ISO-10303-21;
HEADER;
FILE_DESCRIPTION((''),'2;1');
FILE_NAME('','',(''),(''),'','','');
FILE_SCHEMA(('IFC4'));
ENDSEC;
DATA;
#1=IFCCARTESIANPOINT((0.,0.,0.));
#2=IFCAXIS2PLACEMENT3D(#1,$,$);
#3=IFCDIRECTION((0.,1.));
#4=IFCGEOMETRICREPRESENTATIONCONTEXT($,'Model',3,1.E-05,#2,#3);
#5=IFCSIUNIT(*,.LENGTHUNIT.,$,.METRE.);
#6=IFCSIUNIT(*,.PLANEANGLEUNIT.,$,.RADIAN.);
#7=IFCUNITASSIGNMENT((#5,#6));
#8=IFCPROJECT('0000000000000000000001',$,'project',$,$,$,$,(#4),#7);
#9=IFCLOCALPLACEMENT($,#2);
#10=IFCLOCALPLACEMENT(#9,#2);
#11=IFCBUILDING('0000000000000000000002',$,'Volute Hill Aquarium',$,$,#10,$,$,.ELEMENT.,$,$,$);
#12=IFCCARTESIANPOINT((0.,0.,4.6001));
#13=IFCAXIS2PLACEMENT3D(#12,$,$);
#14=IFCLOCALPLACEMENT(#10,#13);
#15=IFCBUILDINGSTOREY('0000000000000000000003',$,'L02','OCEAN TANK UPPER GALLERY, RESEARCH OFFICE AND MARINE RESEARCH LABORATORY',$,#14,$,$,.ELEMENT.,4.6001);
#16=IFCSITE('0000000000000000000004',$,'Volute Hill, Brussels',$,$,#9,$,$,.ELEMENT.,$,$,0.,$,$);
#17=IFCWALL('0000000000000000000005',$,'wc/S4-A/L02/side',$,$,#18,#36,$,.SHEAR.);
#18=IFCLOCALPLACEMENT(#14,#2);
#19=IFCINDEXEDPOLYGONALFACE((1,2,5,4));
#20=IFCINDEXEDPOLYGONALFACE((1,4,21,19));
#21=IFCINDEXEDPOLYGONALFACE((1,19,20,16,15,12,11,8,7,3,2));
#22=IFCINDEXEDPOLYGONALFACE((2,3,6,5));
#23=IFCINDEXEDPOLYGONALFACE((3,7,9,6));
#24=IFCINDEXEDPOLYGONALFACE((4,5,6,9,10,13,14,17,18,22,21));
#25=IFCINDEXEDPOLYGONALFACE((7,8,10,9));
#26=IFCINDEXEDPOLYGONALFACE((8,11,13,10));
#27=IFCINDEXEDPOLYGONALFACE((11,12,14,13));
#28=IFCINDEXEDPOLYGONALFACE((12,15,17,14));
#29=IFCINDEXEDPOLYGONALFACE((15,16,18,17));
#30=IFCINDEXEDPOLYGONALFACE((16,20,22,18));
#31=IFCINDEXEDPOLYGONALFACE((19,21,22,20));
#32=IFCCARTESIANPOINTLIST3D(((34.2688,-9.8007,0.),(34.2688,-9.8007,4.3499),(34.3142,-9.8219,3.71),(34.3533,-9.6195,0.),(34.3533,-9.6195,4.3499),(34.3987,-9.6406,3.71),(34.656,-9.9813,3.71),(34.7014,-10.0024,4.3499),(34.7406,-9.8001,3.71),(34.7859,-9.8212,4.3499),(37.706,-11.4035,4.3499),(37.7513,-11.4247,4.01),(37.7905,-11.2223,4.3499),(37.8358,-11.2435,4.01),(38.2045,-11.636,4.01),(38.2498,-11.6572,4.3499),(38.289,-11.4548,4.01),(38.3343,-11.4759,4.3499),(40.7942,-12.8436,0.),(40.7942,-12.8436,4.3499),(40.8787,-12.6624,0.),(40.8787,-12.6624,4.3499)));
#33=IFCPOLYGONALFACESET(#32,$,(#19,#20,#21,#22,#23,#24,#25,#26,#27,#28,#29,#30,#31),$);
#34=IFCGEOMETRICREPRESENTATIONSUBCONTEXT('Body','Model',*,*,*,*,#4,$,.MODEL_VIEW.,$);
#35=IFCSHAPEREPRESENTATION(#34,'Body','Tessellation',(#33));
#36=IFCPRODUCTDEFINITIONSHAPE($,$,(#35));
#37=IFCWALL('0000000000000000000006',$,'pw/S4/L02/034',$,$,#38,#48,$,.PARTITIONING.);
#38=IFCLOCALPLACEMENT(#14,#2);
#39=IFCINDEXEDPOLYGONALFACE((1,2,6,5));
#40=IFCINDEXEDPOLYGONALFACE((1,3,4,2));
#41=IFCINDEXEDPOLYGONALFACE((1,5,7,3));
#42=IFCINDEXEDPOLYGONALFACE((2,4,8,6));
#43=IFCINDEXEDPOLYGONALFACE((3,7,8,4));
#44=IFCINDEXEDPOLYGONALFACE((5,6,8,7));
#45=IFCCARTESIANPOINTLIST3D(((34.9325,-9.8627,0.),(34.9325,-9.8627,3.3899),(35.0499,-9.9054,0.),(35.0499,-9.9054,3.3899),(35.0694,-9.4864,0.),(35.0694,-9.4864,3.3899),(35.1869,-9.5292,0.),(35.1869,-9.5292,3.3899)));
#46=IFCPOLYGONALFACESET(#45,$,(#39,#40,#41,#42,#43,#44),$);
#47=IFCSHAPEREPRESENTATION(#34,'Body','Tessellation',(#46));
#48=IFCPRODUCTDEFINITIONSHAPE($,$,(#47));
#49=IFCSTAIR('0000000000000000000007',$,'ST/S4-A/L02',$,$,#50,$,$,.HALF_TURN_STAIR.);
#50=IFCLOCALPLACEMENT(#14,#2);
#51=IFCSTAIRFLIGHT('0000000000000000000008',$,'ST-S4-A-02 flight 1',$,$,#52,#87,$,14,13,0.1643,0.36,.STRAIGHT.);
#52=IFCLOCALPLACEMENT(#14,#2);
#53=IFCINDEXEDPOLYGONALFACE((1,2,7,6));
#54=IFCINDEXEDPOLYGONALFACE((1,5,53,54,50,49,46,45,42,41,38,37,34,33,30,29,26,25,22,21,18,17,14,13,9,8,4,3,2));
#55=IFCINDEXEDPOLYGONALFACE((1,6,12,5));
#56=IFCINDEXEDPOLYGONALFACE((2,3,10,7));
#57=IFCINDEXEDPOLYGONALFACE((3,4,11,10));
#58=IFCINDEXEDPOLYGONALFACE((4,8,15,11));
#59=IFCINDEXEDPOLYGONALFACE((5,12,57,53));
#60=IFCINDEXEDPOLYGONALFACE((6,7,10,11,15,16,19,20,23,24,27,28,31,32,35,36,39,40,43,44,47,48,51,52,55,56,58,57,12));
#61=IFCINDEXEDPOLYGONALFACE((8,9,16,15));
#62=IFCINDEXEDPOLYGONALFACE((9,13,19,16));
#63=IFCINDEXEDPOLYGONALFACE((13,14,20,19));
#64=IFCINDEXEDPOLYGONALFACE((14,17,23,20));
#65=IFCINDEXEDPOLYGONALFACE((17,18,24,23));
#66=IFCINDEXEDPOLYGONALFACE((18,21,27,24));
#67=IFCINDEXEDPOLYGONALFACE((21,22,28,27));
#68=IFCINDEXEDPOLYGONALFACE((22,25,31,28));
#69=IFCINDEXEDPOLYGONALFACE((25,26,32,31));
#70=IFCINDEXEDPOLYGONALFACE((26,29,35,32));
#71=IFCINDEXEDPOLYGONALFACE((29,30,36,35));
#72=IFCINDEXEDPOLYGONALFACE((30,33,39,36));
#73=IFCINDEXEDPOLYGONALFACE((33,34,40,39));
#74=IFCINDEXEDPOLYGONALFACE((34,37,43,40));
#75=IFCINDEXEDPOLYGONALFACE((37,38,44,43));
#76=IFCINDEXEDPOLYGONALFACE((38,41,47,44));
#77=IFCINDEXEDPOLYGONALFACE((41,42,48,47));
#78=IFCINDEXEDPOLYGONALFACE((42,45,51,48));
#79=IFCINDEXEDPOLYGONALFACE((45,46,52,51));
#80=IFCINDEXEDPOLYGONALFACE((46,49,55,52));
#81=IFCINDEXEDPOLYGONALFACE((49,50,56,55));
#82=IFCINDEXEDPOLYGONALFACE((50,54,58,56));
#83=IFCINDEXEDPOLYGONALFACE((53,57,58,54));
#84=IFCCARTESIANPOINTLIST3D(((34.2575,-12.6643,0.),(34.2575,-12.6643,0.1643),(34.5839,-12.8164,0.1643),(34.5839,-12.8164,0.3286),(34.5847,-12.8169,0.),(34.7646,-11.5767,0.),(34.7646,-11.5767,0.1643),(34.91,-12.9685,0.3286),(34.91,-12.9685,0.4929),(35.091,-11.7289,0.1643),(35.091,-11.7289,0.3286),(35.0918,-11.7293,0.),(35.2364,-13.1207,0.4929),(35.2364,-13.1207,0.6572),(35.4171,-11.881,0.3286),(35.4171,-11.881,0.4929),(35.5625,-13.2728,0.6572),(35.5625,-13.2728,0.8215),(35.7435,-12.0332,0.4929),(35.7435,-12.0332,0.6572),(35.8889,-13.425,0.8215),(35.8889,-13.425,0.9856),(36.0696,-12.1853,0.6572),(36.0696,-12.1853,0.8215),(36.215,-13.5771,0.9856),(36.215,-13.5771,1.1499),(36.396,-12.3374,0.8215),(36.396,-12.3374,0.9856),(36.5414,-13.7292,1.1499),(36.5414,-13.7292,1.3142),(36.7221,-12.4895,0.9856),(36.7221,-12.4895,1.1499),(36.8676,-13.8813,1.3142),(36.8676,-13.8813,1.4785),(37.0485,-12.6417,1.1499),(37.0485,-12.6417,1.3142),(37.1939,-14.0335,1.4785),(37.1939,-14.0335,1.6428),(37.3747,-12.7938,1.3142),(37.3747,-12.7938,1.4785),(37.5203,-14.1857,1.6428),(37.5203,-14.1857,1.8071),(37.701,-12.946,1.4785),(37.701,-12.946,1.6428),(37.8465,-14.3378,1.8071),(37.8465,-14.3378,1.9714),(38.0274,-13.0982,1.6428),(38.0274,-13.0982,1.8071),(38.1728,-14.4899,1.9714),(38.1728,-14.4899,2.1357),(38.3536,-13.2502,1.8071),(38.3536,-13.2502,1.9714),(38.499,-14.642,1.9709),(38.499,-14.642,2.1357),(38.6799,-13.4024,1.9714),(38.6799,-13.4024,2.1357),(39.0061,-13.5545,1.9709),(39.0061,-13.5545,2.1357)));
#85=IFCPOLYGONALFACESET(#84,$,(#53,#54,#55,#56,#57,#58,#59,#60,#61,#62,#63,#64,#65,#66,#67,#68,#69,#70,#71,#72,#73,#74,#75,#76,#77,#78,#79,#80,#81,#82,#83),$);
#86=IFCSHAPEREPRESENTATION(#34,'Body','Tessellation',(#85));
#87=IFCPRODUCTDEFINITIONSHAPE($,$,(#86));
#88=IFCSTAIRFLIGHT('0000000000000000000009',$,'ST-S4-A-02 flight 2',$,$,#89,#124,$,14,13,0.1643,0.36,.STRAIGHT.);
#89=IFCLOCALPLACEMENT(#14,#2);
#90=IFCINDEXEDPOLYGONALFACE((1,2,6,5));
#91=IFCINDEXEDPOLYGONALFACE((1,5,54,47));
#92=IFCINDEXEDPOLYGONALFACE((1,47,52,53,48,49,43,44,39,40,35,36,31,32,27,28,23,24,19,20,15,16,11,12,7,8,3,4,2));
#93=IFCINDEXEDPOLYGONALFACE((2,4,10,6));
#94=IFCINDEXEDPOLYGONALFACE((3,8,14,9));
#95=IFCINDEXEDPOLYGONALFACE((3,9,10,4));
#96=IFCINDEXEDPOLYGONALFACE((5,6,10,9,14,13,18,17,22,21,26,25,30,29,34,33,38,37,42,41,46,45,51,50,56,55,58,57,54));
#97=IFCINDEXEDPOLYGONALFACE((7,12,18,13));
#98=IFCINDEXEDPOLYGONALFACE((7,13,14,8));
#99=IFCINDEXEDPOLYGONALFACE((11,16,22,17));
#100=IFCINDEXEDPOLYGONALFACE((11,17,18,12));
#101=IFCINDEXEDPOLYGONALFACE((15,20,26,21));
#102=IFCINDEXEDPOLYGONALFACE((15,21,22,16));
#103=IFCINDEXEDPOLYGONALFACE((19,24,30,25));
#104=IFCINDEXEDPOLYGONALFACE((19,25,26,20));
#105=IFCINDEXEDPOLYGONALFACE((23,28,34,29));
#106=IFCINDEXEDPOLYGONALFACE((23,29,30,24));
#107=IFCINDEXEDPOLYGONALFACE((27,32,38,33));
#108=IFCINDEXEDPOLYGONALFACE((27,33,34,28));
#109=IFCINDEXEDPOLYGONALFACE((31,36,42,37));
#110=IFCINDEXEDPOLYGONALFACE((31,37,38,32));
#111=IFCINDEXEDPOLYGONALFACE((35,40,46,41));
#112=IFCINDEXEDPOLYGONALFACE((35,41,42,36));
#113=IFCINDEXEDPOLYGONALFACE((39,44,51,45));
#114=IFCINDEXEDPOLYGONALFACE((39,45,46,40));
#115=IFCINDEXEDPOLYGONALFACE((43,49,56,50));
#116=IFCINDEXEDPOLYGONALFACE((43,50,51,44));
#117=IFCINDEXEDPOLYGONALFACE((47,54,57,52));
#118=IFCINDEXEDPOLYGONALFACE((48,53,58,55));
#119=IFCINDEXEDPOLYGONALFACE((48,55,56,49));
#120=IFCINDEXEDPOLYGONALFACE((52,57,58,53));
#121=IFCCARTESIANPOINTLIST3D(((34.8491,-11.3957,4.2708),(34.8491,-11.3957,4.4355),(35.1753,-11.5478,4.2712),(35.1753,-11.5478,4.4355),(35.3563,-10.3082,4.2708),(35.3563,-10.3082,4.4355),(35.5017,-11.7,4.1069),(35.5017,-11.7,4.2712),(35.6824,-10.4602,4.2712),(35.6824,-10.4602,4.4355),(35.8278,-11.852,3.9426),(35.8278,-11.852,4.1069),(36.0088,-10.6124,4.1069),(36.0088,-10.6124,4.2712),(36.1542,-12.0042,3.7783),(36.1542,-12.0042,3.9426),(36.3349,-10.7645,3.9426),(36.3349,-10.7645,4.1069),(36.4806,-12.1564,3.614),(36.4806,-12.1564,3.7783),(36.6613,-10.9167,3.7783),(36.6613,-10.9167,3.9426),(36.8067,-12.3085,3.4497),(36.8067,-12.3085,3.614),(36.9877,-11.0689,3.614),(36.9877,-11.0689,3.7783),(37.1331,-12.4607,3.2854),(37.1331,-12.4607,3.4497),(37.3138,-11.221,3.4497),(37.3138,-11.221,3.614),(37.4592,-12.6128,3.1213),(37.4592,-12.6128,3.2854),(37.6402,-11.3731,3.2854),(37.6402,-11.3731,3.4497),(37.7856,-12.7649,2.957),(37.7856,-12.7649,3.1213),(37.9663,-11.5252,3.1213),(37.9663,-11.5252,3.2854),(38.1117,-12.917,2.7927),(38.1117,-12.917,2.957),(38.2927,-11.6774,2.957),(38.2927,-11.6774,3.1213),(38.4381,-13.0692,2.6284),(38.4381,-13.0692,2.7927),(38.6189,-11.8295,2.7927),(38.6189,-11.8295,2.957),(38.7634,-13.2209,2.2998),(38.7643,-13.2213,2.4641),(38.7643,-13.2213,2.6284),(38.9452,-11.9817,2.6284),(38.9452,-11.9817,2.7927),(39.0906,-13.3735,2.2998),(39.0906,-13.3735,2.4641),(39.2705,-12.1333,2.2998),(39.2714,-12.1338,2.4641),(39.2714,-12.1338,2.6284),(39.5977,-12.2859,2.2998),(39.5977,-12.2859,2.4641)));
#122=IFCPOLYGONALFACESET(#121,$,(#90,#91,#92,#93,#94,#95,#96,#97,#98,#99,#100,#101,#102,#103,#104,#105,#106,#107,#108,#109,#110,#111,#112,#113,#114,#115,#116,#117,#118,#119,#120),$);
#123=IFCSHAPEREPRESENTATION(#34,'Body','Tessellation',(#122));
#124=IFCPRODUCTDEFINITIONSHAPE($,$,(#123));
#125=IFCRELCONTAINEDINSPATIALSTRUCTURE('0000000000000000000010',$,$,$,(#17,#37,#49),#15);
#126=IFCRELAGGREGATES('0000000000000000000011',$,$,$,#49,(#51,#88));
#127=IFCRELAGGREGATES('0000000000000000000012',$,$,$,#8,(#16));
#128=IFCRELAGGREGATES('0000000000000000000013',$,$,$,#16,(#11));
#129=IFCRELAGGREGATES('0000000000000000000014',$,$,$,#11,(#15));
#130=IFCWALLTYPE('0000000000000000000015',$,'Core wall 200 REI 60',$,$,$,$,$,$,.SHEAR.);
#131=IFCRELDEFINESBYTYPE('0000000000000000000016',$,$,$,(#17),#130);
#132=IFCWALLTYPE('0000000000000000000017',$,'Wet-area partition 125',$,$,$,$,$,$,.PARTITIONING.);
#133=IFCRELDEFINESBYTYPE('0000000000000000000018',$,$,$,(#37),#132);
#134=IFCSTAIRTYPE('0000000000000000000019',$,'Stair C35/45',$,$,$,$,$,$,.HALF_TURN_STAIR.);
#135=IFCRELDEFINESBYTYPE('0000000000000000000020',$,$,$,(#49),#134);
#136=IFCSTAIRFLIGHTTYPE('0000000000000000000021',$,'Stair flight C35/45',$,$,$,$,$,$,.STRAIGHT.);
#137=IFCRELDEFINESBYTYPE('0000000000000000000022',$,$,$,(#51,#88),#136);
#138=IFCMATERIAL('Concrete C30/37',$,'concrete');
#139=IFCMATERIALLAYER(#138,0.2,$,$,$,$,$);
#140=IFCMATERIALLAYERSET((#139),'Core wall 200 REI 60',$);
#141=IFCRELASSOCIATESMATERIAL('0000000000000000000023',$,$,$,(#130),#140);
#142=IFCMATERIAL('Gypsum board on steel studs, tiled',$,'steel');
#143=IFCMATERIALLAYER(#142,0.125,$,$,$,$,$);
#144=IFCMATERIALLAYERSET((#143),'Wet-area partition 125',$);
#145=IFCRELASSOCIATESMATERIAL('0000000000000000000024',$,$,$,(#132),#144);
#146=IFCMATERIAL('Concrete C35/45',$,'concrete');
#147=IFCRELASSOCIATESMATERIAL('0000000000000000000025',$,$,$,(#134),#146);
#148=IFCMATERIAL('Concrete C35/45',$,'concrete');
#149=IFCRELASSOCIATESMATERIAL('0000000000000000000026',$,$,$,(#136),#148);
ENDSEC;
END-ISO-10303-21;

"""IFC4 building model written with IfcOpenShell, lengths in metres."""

from ifc_helpers import new_model, si_unit, direction, frame, frame_2d, origin, place, context, subcontext, project, spatial, polyline, rectangle, outline, extrude, material, layer, layer_set, type_object, element, aggregate, save


model = new_model("IFC4")

# Units and contexts
model_context = context("Model", 3, precision=1e-05, world=origin(), true_north=direction((0.0, 1.0)))
body_context = subcontext(model_context, "Body", "Model", "MODEL_VIEW")
ifc_project = project(units=[si_unit("LENGTHUNIT", "METRE"), si_unit("PLANEANGLEUNIT", "RADIAN")], contexts=[model_context])

# Site, building, storey
site_placement = place(None, origin())
site = spatial("IfcSite", under=ifc_project, at=site_placement, Name="Volute Hill, Brussels", CompositionType="ELEMENT", RefElevation=0.0)
building_placement = place(site_placement, origin())
building = spatial("IfcBuilding", under=site, at=building_placement, Name="Volute Hill Aquarium", CompositionType="ELEMENT")
storey_placement = place(building_placement, frame((0.0, 0.0, 4.6001)))
storey = spatial("IfcBuildingStorey", under=building, at=storey_placement, Name="L02", Description="OCEAN TANK UPPER GALLERY, RESEARCH OFFICE AND MARINE RESEARCH LABORATORY", CompositionType="ELEMENT", Elevation=4.6001)

# Walls
ifc_material_1 = material(Name="Concrete C30/37", Category="concrete")
ifc_layer_1 = layer(ifc_material_1, 0.2)
ifc_layer_set_1 = layer_set([ifc_layer_1], Name="Core wall 200 REI 60")
wall_type_1 = type_object("IfcWallType", Name="Core wall 200 REI 60", PredefinedType="SHEAR", material=ifc_layer_set_1)
wall_1_placement = place(storey_placement, frame((34.311, -9.7102, 0.0), z_axis=(0.0, 0.0, 1.0), x_axis=(0.906301, -0.422633, 0.0)))
element("IfcWall", 1, at=wall_1_placement, inside=storey, type_object=wall_type_1, Name="wc/S4-A/L02/side", PredefinedType="SHEAR", context=body_context, shape_type="SweptSolid", body=[
    extrude(outline(polyline([(0.0, 0.0), (7.2, 0.0), (7.2, 4.3499), (4.3926, 4.3499), (4.3425, 4.01), (3.8425, 4.01), (3.7925, 4.3499), (0.4773, 4.3499), (0.4272, 3.71), (0.05, 3.71), (0.0, 4.3499), (0.0, 0.0)])), frame((0.0, 0.1001, 0.0), z_axis=(0.0, -1.0, 0.0), x_axis=(1.0, 0.0, 0.0)), (0.0, 0.0, 1.0), 0.2),
])
ifc_material_2 = material(Name="Gypsum board on steel studs, tiled", Category="steel")
ifc_layer_2 = layer(ifc_material_2, 0.125)
ifc_layer_set_2 = layer_set([ifc_layer_2], Name="Wet-area partition 125")
wall_type_2 = type_object("IfcWallType", Name="Wet-area partition 125", PredefinedType="PARTITIONING", material=ifc_layer_set_2)
wall_2_placement = place(storey_placement, frame((35.1282, -9.5078, 0.0), z_axis=(0.0, 0.0, 1.0), x_axis=(-0.342086, -0.939669, 0.0)))
element("IfcWall", 2, at=wall_2_placement, inside=storey, type_object=wall_type_2, Name="pw/S4/L02/034", PredefinedType="PARTITIONING", context=body_context, shape_type="SweptSolid", body=[
    extrude(rectangle(XDim=0.4004, YDim=0.125, at=frame_2d((0.2002, 0.0))), origin(), (0.0, 0.0, 1.0), 3.3899),
])

# Stair, stair flights
ifc_material_3 = material(Name="Concrete C35/45", Category="concrete")
stair_type = type_object("IfcStairType", Name="Stair C35/45", PredefinedType="HALF_TURN_STAIR", material=ifc_material_3)
stair_placement = place(storey_placement, origin())
stair = element("IfcStair", 3, at=stair_placement, inside=storey, type_object=stair_type, Name="ST/S4-A/L02", PredefinedType="HALF_TURN_STAIR")
ifc_material_4 = material(Name="Concrete C35/45", Category="concrete")
stair_flight_type = type_object("IfcStairFlightType", Name="Stair flight C35/45", PredefinedType="STRAIGHT", material=ifc_material_4)
stair_flight_1_placement = place(storey_placement, frame((34.511, -12.1206, 0.0), z_axis=(0.0, 0.0, 1.0), x_axis=(0.906313, -0.422606, 0.0)))
stair_flight_1 = element("IfcStairFlight", 4, at=stair_flight_1_placement, type_object=stair_flight_type, Name="ST-S4-A-02 flight 1", NumberOfRisers=14, NumberOfTreads=13, PredefinedType="STRAIGHT", RiserHeight=0.1643, TreadLength=0.36, context=body_context, shape_type="SweptSolid", body=[
    extrude(outline(polyline([(0.0, 0.0), (0.0, 0.1643), (0.3601, 0.1643), (0.3601, 0.3286), (0.72, 0.3286), (0.72, 0.4929), (1.0801, 0.4929), (1.0801, 0.6572), (1.4399, 0.6572), (1.4399, 0.8215), (1.8, 0.8215), (1.8, 0.9856), (2.1599, 0.9856), (2.1599, 1.1499), (2.52, 1.1499), (2.52, 1.3142), (2.8799, 1.3142), (2.8799, 1.4785), (3.24, 1.4785), (3.24, 1.6428), (3.6001, 1.6428), (3.6001, 1.8071), (3.96, 1.8071), (3.96, 1.9714), (4.3201, 1.9714), (4.3201, 2.1357), (4.6799, 2.1357), (4.6799, 2.3), (4.6799, 1.9709), (0.3611, 0.0), (0.0, 0.0)])), frame((0.0, 0.6001, 0.0), z_axis=(0.0, -1.0, 0.0), x_axis=(1.0, 0.0, 0.0)), (0.0, 0.0, 1.0), 1.2),
])
stair_flight_2_placement = place(storey_placement, frame((39.3442, -12.8296, 2.2998), z_axis=(0.0, 0.0, 1.0), x_axis=(-0.906313, 0.422606, 0.0)))
stair_flight_2 = element("IfcStairFlight", 5, at=stair_flight_2_placement, type_object=stair_flight_type, Name="ST-S4-A-02 flight 2", NumberOfRisers=14, NumberOfTreads=13, PredefinedType="STRAIGHT", RiserHeight=0.1643, TreadLength=0.36, context=body_context, shape_type="SweptSolid", body=[
    extrude(outline(polyline([(0.0, 0.0), (0.0, 0.1643), (0.3601, 0.1643), (0.3601, 0.3286), (0.72, 0.3286), (0.72, 0.4929), (1.0801, 0.4929), (1.0801, 0.6572), (1.4399, 0.6572), (1.4399, 0.8215), (1.8, 0.8215), (1.8, 0.9856), (2.1599, 0.9856), (2.1599, 1.1499), (2.52, 1.1499), (2.52, 1.3142), (2.8799, 1.3142), (2.8799, 1.4785), (3.24, 1.4785), (3.24, 1.6428), (3.6001, 1.6428), (3.6001, 1.8071), (3.96, 1.8071), (3.96, 1.9714), (4.3201, 1.9714), (4.3201, 2.1357), (4.6799, 2.1357), (4.6799, 2.3), (4.6799, 1.9709), (0.3611, 0.0), (0.0, 0.0)])), frame((0.0, 0.6001, 0.0), z_axis=(0.0, -1.0, 0.0), x_axis=(1.0, 0.0, 0.0)), (0.0, 0.0, 1.0), 1.2),
])
aggregate(stair, [stair_flight_1, stair_flight_2])

save(model, "model.ifc")
